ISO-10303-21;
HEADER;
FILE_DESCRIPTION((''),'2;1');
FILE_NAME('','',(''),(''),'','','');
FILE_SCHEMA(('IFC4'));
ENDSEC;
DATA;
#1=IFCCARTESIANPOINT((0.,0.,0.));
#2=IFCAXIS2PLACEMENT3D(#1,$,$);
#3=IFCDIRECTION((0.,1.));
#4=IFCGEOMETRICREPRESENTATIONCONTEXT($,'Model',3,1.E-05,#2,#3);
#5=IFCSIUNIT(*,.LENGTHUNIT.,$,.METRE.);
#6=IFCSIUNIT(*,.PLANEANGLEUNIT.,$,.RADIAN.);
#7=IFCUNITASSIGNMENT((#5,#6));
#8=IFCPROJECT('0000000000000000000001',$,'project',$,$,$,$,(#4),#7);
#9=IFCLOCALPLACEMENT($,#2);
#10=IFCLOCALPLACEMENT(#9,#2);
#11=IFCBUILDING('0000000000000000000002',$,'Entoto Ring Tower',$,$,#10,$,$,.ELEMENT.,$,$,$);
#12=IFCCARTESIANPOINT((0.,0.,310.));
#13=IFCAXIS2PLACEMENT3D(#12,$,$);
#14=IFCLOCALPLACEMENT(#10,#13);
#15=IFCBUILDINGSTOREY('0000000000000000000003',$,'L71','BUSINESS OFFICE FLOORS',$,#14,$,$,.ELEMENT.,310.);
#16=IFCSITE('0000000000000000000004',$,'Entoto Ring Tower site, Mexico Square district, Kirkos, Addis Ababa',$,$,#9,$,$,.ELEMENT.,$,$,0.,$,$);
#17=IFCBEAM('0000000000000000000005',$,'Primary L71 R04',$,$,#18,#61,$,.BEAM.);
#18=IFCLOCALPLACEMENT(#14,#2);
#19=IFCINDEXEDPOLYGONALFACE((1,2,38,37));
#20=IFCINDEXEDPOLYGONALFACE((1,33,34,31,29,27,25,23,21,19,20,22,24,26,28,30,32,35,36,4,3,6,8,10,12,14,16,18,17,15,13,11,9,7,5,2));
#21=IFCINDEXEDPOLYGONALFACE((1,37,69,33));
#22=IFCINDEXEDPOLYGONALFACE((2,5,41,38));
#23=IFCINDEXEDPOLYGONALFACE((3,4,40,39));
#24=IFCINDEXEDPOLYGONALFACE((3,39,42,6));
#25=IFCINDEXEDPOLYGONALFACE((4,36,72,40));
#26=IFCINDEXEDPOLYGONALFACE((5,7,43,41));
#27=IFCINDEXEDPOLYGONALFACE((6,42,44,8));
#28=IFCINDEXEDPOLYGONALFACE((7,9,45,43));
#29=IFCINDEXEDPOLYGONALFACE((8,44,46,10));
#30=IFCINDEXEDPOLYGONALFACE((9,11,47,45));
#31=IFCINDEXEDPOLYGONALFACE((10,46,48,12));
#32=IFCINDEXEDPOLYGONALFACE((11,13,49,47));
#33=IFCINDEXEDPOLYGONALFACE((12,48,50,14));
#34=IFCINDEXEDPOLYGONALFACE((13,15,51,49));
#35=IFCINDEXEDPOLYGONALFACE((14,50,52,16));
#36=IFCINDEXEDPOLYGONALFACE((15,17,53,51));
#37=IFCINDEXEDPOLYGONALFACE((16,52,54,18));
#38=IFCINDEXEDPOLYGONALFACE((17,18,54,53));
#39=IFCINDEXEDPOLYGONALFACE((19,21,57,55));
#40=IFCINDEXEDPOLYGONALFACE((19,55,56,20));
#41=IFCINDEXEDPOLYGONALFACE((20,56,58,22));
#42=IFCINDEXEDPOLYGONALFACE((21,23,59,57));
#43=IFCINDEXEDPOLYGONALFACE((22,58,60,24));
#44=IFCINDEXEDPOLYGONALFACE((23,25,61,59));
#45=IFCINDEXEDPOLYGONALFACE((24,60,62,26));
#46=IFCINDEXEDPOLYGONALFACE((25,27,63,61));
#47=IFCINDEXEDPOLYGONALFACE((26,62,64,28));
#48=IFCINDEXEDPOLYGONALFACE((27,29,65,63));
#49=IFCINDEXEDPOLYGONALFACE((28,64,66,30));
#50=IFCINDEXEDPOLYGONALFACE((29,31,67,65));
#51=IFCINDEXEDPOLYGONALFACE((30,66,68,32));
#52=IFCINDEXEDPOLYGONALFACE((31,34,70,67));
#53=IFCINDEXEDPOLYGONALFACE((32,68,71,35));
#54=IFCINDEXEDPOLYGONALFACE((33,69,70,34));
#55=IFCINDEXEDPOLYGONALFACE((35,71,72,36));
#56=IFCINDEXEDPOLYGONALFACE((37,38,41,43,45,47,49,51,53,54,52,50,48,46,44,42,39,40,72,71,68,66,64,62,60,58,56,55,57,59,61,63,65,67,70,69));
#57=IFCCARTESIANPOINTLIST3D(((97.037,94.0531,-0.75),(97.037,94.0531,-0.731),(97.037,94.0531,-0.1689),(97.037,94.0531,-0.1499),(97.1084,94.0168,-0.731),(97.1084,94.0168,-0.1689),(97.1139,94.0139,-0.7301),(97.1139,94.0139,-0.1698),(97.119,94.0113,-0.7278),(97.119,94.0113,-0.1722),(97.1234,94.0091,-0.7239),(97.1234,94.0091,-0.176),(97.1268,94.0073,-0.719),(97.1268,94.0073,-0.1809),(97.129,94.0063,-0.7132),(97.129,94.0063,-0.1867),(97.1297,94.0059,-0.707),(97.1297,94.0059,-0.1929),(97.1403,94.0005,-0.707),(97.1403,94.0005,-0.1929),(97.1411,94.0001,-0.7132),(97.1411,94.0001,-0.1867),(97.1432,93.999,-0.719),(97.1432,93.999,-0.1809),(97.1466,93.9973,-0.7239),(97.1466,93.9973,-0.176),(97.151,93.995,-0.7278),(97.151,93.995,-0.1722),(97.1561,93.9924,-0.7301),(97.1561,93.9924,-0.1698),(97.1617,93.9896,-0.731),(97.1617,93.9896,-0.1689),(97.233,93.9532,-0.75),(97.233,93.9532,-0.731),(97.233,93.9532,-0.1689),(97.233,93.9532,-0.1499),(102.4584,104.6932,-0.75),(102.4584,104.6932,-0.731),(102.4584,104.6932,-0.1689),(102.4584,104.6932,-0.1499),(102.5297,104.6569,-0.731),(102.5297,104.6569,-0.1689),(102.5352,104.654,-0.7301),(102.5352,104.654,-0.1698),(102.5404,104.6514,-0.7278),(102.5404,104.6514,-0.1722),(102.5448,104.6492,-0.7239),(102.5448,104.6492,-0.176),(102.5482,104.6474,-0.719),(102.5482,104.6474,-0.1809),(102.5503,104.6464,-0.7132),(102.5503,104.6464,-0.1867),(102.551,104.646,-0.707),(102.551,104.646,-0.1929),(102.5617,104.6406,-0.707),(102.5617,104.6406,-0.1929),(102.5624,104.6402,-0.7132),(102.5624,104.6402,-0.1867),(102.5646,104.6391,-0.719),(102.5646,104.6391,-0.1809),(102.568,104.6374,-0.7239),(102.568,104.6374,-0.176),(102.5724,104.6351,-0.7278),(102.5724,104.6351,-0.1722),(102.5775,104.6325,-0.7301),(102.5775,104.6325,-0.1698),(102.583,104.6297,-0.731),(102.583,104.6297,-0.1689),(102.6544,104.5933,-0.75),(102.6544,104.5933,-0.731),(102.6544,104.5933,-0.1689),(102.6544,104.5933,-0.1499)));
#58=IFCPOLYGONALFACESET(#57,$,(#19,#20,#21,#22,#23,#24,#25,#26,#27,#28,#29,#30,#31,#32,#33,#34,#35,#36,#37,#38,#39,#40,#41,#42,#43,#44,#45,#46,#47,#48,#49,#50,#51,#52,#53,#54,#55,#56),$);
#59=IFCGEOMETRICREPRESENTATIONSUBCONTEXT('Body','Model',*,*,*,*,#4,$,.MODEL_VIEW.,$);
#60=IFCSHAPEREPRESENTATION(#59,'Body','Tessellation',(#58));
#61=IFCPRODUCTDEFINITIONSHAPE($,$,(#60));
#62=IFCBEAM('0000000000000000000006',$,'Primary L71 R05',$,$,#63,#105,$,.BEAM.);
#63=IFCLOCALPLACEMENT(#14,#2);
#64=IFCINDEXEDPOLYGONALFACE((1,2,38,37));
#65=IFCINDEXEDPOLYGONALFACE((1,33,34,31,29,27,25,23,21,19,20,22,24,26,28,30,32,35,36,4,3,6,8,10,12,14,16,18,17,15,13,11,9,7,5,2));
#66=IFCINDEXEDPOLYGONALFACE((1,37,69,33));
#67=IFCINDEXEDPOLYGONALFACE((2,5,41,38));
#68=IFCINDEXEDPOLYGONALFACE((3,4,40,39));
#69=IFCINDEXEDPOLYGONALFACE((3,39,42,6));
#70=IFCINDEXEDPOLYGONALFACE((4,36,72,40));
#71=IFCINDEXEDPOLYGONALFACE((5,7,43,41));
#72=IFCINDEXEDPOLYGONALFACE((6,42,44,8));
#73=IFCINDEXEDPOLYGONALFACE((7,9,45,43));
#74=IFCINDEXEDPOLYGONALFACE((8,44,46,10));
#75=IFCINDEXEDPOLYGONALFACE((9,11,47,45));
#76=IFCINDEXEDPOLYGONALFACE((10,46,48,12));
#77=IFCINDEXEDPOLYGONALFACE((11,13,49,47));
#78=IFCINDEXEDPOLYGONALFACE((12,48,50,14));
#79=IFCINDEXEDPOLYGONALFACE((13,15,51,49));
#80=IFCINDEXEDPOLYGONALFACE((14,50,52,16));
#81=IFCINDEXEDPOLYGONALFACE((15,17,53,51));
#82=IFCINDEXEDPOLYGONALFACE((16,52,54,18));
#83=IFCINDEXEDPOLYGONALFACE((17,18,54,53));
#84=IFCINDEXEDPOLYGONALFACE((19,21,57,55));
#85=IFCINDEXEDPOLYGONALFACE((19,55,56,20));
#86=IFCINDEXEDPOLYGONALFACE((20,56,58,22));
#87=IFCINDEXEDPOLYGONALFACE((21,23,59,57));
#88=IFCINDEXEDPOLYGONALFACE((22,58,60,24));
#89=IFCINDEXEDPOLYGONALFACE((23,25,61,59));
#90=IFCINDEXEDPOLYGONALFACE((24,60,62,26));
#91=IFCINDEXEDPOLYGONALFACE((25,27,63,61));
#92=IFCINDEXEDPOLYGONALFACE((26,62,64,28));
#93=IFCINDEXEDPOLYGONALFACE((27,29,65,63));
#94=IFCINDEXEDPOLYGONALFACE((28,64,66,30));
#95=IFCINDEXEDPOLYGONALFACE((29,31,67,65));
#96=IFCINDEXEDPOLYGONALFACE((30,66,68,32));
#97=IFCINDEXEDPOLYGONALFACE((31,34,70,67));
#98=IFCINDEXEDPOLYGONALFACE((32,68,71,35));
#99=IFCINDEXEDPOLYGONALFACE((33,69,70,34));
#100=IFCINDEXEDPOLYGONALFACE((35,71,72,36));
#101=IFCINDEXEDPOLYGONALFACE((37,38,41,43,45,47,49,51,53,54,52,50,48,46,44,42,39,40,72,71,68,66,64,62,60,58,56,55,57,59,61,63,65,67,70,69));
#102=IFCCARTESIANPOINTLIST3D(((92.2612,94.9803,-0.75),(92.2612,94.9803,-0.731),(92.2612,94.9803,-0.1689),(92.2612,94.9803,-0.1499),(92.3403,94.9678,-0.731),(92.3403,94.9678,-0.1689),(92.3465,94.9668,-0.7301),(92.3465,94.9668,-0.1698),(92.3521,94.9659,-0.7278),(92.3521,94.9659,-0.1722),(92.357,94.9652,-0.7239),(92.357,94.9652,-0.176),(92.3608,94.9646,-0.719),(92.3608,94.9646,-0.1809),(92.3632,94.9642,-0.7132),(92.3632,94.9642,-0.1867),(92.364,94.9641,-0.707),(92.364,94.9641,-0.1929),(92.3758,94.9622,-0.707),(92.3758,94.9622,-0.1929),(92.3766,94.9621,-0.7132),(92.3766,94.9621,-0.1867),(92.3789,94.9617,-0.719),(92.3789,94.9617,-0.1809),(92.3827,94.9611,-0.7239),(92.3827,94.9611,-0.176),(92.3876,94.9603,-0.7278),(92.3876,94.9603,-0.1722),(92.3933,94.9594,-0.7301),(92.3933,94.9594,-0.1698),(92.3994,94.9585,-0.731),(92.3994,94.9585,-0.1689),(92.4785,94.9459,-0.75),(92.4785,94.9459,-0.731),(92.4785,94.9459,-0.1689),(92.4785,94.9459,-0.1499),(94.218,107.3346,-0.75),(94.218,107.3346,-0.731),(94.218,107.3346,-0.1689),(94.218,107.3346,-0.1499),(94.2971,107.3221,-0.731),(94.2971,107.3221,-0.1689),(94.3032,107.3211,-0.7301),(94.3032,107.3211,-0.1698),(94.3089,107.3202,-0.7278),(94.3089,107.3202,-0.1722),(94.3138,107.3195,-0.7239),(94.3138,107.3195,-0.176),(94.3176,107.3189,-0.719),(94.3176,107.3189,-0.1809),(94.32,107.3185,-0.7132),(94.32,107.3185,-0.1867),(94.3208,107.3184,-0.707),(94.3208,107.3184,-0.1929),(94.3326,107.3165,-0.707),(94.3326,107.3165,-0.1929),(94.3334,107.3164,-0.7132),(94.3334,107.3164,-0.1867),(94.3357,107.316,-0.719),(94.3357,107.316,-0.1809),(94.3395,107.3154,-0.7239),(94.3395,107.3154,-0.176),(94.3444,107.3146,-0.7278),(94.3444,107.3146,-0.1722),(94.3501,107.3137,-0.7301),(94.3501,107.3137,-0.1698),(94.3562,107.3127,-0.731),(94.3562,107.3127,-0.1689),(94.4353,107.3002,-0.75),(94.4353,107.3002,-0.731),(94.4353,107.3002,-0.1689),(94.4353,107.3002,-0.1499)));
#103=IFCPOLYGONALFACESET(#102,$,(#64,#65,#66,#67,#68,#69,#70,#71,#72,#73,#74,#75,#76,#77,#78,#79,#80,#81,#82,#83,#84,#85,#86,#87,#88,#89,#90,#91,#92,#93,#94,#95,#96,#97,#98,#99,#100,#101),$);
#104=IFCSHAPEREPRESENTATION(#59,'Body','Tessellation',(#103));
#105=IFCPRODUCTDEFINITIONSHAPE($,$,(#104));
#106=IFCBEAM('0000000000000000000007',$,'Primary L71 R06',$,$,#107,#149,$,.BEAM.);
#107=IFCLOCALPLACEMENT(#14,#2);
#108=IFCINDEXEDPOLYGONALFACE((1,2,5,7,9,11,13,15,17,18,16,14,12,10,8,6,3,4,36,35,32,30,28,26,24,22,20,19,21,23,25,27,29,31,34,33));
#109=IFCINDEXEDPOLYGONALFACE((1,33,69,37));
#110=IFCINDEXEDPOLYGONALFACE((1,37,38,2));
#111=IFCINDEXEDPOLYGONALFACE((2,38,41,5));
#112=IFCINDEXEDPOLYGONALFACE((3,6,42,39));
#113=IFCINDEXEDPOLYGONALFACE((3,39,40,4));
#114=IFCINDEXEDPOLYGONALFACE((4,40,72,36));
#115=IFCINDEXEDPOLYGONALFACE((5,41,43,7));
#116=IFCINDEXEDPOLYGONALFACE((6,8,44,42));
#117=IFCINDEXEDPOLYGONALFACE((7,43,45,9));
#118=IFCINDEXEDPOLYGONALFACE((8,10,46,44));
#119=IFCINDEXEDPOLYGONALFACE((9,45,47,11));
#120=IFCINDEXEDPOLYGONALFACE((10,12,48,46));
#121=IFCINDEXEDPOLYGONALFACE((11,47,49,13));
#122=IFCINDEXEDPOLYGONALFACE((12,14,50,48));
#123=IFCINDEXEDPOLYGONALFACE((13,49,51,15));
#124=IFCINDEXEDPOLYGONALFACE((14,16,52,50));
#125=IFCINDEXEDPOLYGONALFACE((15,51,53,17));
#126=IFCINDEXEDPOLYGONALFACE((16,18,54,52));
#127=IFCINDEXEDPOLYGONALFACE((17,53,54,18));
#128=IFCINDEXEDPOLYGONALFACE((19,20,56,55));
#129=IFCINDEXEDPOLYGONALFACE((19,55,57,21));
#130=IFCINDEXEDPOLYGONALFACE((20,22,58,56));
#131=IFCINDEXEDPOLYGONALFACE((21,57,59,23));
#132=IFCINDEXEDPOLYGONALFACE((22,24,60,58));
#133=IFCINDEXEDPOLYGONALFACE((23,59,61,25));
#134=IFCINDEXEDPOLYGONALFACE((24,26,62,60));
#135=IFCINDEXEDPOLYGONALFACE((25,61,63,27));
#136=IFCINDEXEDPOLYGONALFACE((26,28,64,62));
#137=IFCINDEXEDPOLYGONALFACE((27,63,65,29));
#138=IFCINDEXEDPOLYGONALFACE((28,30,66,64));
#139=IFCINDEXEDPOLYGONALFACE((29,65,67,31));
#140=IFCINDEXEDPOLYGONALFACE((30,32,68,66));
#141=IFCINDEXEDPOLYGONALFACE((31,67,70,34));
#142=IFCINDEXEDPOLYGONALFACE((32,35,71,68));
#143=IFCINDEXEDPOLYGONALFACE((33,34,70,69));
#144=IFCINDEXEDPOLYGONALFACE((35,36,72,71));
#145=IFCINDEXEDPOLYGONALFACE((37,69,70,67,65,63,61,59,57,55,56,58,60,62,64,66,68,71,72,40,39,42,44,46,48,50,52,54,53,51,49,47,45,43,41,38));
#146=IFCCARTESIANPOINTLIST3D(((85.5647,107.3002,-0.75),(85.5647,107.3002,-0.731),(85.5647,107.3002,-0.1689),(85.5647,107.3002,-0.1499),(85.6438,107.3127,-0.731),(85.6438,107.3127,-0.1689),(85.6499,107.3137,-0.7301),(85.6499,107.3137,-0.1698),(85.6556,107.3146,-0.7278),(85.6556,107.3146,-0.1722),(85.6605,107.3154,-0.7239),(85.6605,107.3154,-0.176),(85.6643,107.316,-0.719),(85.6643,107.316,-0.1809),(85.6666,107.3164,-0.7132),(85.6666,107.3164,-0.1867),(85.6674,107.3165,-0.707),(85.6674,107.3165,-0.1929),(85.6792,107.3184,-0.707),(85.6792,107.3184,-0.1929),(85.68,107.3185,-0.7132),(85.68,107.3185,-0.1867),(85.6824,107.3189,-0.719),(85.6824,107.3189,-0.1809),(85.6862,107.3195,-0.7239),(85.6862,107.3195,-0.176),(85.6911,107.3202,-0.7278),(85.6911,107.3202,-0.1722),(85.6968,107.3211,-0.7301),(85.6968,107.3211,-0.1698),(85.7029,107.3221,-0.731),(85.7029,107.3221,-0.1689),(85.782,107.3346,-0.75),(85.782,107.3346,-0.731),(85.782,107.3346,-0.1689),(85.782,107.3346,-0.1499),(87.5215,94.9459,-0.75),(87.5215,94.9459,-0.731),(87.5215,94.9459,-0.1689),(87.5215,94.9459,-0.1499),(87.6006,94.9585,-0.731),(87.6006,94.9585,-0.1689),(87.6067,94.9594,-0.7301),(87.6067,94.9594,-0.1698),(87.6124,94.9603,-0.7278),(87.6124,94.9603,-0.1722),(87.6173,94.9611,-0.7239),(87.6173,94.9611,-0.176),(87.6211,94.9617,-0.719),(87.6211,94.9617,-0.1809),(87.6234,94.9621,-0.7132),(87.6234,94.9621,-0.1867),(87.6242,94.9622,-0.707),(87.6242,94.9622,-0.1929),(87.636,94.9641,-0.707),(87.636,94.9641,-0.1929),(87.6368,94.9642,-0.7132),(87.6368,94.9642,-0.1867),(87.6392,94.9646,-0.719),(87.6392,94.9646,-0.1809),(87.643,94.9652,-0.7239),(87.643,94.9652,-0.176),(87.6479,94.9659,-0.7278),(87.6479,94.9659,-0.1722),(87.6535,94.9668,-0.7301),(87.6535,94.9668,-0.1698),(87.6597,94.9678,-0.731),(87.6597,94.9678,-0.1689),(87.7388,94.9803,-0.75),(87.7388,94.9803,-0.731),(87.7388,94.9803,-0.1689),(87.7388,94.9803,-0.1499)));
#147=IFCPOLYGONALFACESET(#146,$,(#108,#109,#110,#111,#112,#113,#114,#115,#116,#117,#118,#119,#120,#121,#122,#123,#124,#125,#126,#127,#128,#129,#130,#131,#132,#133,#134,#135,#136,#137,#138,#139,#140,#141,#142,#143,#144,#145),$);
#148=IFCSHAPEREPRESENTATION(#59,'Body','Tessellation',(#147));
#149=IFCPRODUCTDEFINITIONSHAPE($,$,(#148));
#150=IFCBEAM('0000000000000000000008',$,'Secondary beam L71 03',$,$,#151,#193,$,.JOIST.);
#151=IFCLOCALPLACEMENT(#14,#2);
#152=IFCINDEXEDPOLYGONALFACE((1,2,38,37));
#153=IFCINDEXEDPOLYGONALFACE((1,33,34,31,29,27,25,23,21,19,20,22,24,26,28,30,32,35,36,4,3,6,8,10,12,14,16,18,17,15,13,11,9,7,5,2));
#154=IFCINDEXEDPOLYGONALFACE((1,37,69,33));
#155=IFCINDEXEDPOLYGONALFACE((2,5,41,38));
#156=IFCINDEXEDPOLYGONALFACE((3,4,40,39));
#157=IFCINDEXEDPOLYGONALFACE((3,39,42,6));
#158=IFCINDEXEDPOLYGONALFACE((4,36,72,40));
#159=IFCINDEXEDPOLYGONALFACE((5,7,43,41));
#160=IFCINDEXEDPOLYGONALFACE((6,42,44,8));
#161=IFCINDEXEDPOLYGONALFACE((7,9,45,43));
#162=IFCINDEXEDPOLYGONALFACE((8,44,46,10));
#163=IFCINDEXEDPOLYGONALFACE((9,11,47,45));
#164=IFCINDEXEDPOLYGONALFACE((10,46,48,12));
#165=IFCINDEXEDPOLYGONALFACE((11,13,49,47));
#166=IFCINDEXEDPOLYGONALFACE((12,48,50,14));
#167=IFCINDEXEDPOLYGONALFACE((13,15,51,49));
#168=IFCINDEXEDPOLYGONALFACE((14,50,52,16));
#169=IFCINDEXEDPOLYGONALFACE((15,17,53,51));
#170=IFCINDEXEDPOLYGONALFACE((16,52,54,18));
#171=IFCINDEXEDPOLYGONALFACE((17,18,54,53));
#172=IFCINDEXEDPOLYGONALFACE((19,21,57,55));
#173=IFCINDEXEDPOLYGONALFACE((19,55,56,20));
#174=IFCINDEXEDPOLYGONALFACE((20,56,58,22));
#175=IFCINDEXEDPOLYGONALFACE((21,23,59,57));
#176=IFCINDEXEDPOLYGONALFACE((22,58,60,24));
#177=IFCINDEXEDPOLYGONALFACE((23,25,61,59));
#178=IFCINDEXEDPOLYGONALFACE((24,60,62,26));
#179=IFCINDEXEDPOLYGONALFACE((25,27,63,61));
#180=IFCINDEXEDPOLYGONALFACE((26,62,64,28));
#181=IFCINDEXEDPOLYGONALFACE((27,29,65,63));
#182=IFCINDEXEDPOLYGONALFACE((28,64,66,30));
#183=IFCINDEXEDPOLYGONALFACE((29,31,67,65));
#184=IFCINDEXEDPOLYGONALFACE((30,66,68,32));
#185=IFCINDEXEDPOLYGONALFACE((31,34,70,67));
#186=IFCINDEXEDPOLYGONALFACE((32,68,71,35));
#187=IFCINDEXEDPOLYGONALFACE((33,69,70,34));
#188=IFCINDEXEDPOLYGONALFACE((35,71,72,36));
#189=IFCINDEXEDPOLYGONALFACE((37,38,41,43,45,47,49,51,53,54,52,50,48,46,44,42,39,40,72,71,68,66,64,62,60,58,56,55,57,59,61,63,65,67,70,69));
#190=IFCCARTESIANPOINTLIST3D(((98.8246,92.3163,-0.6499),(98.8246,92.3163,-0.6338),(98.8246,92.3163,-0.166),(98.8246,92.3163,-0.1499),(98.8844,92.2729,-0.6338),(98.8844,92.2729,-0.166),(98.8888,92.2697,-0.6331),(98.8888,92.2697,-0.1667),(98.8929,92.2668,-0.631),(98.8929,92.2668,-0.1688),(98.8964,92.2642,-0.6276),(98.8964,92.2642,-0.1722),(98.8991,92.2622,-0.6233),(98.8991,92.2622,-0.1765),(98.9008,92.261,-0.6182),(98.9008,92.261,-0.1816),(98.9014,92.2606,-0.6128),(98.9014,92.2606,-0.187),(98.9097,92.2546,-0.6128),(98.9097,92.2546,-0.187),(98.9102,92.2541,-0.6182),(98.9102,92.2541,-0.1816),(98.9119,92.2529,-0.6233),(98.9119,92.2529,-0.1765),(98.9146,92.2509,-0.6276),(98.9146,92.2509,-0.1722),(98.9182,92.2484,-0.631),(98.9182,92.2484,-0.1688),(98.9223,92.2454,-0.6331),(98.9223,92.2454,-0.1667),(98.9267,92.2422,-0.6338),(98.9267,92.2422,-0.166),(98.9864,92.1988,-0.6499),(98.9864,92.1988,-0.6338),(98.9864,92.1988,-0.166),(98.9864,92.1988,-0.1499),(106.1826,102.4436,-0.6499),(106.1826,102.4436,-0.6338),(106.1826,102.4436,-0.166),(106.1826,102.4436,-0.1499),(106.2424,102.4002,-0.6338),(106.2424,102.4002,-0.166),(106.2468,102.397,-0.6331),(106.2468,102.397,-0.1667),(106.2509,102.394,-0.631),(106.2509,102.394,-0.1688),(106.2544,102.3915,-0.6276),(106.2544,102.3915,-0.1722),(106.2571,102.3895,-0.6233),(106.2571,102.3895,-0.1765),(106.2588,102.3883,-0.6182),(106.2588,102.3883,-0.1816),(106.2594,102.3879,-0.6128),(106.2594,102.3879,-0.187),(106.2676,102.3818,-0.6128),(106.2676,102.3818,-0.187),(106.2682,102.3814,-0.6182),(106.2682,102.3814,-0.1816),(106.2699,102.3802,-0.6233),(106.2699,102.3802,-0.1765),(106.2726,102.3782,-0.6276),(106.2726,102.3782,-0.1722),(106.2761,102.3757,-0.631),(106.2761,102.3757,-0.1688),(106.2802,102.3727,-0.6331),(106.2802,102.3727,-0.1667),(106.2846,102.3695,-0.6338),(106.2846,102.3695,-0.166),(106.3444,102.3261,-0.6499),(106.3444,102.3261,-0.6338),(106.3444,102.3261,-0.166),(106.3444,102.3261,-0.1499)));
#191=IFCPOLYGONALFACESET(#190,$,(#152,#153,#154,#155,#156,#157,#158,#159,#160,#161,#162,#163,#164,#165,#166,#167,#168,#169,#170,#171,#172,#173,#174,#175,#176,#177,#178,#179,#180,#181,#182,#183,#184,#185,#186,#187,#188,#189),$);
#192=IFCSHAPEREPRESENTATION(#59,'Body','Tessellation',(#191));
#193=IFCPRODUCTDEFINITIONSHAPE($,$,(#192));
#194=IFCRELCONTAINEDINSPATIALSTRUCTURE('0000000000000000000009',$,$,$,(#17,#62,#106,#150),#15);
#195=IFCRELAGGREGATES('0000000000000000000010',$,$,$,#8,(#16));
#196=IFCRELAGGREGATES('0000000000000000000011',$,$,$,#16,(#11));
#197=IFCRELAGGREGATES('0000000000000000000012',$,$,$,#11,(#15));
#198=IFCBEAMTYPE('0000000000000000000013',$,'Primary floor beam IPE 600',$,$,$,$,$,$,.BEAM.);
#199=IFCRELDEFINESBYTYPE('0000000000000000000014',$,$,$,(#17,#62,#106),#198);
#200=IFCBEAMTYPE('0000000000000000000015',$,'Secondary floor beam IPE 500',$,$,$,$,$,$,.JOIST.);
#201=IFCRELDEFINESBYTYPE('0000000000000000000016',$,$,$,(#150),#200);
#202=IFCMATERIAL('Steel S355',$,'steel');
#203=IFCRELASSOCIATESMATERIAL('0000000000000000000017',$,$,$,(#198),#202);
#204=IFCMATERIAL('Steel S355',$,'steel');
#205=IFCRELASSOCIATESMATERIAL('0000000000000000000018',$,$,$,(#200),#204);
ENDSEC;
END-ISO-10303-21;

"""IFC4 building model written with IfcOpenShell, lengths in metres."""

from ifc_helpers import new_model, si_unit, direction, frame, origin, origin_2d, place, context, subcontext, project, spatial, i_section, extrude, material, material_profile, profile_set, type_object, element, save


model = new_model("IFC4")

# Units and contexts
model_context = context("Model", 3, precision=1e-05, world=origin(), true_north=direction((0.0, 1.0)))
body_context = subcontext(model_context, "Body", "Model", "MODEL_VIEW")
ifc_project = project(units=[si_unit("LENGTHUNIT", "METRE"), si_unit("PLANEANGLEUNIT", "RADIAN")], contexts=[model_context])

# Site, building, storey
site_placement = place(None, origin())
site = spatial("IfcSite", under=ifc_project, at=site_placement, Name="Entoto Ring Tower site, Mexico Square district, Kirkos, Addis Ababa", CompositionType="ELEMENT", RefElevation=0.0)
building_placement = place(site_placement, origin())
building = spatial("IfcBuilding", under=site, at=building_placement, Name="Entoto Ring Tower", CompositionType="ELEMENT")
storey_placement = place(building_placement, frame((0.0, 0.0, 310.0)))
storey = spatial("IfcBuildingStorey", under=building, at=storey_placement, Name="L71", Description="BUSINESS OFFICE FLOORS", CompositionType="ELEMENT", Elevation=310.0)

# Beams
ifc_material_1 = material(Name="Steel S355", Category="steel")
ifc_material_profile_1 = material_profile(ifc_material_1, i_section(OverallWidth=0.22, OverallDepth=0.6001, WebThickness=0.012, FlangeThickness=0.019, FilletRadius=0.0239, at=origin_2d()), Name="IPE 600")
ifc_profile_set_1 = profile_set([ifc_material_profile_1], Name="Steel S355")
beam_type_1 = type_object("IfcBeamType", Name="Primary floor beam IPE 600", PredefinedType="BEAM", material=ifc_profile_set_1)
beam_1_placement = place(storey_placement, frame((97.135, 94.0032, -0.45), z_axis=(0.453988, 0.891008, 0.0), x_axis=(-0.891008, 0.453988, 0.0)))
element("IfcBeam", 1, at=beam_1_placement, inside=storey, type_object=beam_type_1, Name="Primary L71 R04", PredefinedType="BEAM", context=body_context, shape_type="SweptSolid", body=[
    extrude(i_section(OverallWidth=0.22, OverallDepth=0.6001, WebThickness=0.012, FlangeThickness=0.019, FilletRadius=0.0239, at=origin_2d()), origin(), (0.0, 0.0, 1.0), 11.9417),
])
for number, where, z_axis, x_axis, name in (
    (2, (92.3699, 94.9631, -0.45), (0.15644, 0.987688, 0.0), (-0.987688, 0.15644, 0.0), "Primary L71 R05"),
    (3, (87.6301, 94.9631, -0.45), (-0.15644, 0.987688, 0.0), (-0.987688, -0.15644, 0.0), "Primary L71 R06"),
):
    element("IfcBeam", number, at=place(storey_placement, frame(where, z_axis=z_axis, x_axis=x_axis)), inside=storey, type_object=beam_type_1, Name=name, PredefinedType="BEAM", context=body_context, shape_type="SweptSolid", body=[
        extrude(i_section(OverallWidth=0.22, OverallDepth=0.6001, WebThickness=0.012, FlangeThickness=0.019, FilletRadius=0.0239, at=origin_2d()), origin(), (0.0, 0.0, 1.0), 12.5083),
    ])
ifc_material_2 = material(Name="Steel S355", Category="steel")
ifc_material_profile_2 = material_profile(ifc_material_2, i_section(OverallWidth=0.2, OverallDepth=0.5, WebThickness=0.0103, FlangeThickness=0.0161, FilletRadius=0.021, at=origin_2d()), Name="IPE 500")
ifc_profile_set_2 = profile_set([ifc_material_profile_2], Name="Steel S355")
beam_type_2 = type_object("IfcBeamType", Name="Secondary floor beam IPE 500", PredefinedType="JOIST", material=ifc_profile_set_2)
beam_2_placement = place(storey_placement, frame((98.9055, 92.2576, -0.3999), z_axis=(0.587789, 0.809014, 0.0), x_axis=(-0.809014, 0.587789, 0.0)))
element("IfcBeam", 4, at=beam_2_placement, inside=storey, type_object=beam_type_2, Name="Secondary beam L71 03", PredefinedType="JOIST", context=body_context, shape_type="SweptSolid", body=[
    extrude(i_section(OverallWidth=0.2, OverallDepth=0.5, WebThickness=0.0103, FlangeThickness=0.0161, FilletRadius=0.021, at=origin_2d()), origin(), (0.0, 0.0, 1.0), 12.5181),
])

save(model, "model.ifc")
